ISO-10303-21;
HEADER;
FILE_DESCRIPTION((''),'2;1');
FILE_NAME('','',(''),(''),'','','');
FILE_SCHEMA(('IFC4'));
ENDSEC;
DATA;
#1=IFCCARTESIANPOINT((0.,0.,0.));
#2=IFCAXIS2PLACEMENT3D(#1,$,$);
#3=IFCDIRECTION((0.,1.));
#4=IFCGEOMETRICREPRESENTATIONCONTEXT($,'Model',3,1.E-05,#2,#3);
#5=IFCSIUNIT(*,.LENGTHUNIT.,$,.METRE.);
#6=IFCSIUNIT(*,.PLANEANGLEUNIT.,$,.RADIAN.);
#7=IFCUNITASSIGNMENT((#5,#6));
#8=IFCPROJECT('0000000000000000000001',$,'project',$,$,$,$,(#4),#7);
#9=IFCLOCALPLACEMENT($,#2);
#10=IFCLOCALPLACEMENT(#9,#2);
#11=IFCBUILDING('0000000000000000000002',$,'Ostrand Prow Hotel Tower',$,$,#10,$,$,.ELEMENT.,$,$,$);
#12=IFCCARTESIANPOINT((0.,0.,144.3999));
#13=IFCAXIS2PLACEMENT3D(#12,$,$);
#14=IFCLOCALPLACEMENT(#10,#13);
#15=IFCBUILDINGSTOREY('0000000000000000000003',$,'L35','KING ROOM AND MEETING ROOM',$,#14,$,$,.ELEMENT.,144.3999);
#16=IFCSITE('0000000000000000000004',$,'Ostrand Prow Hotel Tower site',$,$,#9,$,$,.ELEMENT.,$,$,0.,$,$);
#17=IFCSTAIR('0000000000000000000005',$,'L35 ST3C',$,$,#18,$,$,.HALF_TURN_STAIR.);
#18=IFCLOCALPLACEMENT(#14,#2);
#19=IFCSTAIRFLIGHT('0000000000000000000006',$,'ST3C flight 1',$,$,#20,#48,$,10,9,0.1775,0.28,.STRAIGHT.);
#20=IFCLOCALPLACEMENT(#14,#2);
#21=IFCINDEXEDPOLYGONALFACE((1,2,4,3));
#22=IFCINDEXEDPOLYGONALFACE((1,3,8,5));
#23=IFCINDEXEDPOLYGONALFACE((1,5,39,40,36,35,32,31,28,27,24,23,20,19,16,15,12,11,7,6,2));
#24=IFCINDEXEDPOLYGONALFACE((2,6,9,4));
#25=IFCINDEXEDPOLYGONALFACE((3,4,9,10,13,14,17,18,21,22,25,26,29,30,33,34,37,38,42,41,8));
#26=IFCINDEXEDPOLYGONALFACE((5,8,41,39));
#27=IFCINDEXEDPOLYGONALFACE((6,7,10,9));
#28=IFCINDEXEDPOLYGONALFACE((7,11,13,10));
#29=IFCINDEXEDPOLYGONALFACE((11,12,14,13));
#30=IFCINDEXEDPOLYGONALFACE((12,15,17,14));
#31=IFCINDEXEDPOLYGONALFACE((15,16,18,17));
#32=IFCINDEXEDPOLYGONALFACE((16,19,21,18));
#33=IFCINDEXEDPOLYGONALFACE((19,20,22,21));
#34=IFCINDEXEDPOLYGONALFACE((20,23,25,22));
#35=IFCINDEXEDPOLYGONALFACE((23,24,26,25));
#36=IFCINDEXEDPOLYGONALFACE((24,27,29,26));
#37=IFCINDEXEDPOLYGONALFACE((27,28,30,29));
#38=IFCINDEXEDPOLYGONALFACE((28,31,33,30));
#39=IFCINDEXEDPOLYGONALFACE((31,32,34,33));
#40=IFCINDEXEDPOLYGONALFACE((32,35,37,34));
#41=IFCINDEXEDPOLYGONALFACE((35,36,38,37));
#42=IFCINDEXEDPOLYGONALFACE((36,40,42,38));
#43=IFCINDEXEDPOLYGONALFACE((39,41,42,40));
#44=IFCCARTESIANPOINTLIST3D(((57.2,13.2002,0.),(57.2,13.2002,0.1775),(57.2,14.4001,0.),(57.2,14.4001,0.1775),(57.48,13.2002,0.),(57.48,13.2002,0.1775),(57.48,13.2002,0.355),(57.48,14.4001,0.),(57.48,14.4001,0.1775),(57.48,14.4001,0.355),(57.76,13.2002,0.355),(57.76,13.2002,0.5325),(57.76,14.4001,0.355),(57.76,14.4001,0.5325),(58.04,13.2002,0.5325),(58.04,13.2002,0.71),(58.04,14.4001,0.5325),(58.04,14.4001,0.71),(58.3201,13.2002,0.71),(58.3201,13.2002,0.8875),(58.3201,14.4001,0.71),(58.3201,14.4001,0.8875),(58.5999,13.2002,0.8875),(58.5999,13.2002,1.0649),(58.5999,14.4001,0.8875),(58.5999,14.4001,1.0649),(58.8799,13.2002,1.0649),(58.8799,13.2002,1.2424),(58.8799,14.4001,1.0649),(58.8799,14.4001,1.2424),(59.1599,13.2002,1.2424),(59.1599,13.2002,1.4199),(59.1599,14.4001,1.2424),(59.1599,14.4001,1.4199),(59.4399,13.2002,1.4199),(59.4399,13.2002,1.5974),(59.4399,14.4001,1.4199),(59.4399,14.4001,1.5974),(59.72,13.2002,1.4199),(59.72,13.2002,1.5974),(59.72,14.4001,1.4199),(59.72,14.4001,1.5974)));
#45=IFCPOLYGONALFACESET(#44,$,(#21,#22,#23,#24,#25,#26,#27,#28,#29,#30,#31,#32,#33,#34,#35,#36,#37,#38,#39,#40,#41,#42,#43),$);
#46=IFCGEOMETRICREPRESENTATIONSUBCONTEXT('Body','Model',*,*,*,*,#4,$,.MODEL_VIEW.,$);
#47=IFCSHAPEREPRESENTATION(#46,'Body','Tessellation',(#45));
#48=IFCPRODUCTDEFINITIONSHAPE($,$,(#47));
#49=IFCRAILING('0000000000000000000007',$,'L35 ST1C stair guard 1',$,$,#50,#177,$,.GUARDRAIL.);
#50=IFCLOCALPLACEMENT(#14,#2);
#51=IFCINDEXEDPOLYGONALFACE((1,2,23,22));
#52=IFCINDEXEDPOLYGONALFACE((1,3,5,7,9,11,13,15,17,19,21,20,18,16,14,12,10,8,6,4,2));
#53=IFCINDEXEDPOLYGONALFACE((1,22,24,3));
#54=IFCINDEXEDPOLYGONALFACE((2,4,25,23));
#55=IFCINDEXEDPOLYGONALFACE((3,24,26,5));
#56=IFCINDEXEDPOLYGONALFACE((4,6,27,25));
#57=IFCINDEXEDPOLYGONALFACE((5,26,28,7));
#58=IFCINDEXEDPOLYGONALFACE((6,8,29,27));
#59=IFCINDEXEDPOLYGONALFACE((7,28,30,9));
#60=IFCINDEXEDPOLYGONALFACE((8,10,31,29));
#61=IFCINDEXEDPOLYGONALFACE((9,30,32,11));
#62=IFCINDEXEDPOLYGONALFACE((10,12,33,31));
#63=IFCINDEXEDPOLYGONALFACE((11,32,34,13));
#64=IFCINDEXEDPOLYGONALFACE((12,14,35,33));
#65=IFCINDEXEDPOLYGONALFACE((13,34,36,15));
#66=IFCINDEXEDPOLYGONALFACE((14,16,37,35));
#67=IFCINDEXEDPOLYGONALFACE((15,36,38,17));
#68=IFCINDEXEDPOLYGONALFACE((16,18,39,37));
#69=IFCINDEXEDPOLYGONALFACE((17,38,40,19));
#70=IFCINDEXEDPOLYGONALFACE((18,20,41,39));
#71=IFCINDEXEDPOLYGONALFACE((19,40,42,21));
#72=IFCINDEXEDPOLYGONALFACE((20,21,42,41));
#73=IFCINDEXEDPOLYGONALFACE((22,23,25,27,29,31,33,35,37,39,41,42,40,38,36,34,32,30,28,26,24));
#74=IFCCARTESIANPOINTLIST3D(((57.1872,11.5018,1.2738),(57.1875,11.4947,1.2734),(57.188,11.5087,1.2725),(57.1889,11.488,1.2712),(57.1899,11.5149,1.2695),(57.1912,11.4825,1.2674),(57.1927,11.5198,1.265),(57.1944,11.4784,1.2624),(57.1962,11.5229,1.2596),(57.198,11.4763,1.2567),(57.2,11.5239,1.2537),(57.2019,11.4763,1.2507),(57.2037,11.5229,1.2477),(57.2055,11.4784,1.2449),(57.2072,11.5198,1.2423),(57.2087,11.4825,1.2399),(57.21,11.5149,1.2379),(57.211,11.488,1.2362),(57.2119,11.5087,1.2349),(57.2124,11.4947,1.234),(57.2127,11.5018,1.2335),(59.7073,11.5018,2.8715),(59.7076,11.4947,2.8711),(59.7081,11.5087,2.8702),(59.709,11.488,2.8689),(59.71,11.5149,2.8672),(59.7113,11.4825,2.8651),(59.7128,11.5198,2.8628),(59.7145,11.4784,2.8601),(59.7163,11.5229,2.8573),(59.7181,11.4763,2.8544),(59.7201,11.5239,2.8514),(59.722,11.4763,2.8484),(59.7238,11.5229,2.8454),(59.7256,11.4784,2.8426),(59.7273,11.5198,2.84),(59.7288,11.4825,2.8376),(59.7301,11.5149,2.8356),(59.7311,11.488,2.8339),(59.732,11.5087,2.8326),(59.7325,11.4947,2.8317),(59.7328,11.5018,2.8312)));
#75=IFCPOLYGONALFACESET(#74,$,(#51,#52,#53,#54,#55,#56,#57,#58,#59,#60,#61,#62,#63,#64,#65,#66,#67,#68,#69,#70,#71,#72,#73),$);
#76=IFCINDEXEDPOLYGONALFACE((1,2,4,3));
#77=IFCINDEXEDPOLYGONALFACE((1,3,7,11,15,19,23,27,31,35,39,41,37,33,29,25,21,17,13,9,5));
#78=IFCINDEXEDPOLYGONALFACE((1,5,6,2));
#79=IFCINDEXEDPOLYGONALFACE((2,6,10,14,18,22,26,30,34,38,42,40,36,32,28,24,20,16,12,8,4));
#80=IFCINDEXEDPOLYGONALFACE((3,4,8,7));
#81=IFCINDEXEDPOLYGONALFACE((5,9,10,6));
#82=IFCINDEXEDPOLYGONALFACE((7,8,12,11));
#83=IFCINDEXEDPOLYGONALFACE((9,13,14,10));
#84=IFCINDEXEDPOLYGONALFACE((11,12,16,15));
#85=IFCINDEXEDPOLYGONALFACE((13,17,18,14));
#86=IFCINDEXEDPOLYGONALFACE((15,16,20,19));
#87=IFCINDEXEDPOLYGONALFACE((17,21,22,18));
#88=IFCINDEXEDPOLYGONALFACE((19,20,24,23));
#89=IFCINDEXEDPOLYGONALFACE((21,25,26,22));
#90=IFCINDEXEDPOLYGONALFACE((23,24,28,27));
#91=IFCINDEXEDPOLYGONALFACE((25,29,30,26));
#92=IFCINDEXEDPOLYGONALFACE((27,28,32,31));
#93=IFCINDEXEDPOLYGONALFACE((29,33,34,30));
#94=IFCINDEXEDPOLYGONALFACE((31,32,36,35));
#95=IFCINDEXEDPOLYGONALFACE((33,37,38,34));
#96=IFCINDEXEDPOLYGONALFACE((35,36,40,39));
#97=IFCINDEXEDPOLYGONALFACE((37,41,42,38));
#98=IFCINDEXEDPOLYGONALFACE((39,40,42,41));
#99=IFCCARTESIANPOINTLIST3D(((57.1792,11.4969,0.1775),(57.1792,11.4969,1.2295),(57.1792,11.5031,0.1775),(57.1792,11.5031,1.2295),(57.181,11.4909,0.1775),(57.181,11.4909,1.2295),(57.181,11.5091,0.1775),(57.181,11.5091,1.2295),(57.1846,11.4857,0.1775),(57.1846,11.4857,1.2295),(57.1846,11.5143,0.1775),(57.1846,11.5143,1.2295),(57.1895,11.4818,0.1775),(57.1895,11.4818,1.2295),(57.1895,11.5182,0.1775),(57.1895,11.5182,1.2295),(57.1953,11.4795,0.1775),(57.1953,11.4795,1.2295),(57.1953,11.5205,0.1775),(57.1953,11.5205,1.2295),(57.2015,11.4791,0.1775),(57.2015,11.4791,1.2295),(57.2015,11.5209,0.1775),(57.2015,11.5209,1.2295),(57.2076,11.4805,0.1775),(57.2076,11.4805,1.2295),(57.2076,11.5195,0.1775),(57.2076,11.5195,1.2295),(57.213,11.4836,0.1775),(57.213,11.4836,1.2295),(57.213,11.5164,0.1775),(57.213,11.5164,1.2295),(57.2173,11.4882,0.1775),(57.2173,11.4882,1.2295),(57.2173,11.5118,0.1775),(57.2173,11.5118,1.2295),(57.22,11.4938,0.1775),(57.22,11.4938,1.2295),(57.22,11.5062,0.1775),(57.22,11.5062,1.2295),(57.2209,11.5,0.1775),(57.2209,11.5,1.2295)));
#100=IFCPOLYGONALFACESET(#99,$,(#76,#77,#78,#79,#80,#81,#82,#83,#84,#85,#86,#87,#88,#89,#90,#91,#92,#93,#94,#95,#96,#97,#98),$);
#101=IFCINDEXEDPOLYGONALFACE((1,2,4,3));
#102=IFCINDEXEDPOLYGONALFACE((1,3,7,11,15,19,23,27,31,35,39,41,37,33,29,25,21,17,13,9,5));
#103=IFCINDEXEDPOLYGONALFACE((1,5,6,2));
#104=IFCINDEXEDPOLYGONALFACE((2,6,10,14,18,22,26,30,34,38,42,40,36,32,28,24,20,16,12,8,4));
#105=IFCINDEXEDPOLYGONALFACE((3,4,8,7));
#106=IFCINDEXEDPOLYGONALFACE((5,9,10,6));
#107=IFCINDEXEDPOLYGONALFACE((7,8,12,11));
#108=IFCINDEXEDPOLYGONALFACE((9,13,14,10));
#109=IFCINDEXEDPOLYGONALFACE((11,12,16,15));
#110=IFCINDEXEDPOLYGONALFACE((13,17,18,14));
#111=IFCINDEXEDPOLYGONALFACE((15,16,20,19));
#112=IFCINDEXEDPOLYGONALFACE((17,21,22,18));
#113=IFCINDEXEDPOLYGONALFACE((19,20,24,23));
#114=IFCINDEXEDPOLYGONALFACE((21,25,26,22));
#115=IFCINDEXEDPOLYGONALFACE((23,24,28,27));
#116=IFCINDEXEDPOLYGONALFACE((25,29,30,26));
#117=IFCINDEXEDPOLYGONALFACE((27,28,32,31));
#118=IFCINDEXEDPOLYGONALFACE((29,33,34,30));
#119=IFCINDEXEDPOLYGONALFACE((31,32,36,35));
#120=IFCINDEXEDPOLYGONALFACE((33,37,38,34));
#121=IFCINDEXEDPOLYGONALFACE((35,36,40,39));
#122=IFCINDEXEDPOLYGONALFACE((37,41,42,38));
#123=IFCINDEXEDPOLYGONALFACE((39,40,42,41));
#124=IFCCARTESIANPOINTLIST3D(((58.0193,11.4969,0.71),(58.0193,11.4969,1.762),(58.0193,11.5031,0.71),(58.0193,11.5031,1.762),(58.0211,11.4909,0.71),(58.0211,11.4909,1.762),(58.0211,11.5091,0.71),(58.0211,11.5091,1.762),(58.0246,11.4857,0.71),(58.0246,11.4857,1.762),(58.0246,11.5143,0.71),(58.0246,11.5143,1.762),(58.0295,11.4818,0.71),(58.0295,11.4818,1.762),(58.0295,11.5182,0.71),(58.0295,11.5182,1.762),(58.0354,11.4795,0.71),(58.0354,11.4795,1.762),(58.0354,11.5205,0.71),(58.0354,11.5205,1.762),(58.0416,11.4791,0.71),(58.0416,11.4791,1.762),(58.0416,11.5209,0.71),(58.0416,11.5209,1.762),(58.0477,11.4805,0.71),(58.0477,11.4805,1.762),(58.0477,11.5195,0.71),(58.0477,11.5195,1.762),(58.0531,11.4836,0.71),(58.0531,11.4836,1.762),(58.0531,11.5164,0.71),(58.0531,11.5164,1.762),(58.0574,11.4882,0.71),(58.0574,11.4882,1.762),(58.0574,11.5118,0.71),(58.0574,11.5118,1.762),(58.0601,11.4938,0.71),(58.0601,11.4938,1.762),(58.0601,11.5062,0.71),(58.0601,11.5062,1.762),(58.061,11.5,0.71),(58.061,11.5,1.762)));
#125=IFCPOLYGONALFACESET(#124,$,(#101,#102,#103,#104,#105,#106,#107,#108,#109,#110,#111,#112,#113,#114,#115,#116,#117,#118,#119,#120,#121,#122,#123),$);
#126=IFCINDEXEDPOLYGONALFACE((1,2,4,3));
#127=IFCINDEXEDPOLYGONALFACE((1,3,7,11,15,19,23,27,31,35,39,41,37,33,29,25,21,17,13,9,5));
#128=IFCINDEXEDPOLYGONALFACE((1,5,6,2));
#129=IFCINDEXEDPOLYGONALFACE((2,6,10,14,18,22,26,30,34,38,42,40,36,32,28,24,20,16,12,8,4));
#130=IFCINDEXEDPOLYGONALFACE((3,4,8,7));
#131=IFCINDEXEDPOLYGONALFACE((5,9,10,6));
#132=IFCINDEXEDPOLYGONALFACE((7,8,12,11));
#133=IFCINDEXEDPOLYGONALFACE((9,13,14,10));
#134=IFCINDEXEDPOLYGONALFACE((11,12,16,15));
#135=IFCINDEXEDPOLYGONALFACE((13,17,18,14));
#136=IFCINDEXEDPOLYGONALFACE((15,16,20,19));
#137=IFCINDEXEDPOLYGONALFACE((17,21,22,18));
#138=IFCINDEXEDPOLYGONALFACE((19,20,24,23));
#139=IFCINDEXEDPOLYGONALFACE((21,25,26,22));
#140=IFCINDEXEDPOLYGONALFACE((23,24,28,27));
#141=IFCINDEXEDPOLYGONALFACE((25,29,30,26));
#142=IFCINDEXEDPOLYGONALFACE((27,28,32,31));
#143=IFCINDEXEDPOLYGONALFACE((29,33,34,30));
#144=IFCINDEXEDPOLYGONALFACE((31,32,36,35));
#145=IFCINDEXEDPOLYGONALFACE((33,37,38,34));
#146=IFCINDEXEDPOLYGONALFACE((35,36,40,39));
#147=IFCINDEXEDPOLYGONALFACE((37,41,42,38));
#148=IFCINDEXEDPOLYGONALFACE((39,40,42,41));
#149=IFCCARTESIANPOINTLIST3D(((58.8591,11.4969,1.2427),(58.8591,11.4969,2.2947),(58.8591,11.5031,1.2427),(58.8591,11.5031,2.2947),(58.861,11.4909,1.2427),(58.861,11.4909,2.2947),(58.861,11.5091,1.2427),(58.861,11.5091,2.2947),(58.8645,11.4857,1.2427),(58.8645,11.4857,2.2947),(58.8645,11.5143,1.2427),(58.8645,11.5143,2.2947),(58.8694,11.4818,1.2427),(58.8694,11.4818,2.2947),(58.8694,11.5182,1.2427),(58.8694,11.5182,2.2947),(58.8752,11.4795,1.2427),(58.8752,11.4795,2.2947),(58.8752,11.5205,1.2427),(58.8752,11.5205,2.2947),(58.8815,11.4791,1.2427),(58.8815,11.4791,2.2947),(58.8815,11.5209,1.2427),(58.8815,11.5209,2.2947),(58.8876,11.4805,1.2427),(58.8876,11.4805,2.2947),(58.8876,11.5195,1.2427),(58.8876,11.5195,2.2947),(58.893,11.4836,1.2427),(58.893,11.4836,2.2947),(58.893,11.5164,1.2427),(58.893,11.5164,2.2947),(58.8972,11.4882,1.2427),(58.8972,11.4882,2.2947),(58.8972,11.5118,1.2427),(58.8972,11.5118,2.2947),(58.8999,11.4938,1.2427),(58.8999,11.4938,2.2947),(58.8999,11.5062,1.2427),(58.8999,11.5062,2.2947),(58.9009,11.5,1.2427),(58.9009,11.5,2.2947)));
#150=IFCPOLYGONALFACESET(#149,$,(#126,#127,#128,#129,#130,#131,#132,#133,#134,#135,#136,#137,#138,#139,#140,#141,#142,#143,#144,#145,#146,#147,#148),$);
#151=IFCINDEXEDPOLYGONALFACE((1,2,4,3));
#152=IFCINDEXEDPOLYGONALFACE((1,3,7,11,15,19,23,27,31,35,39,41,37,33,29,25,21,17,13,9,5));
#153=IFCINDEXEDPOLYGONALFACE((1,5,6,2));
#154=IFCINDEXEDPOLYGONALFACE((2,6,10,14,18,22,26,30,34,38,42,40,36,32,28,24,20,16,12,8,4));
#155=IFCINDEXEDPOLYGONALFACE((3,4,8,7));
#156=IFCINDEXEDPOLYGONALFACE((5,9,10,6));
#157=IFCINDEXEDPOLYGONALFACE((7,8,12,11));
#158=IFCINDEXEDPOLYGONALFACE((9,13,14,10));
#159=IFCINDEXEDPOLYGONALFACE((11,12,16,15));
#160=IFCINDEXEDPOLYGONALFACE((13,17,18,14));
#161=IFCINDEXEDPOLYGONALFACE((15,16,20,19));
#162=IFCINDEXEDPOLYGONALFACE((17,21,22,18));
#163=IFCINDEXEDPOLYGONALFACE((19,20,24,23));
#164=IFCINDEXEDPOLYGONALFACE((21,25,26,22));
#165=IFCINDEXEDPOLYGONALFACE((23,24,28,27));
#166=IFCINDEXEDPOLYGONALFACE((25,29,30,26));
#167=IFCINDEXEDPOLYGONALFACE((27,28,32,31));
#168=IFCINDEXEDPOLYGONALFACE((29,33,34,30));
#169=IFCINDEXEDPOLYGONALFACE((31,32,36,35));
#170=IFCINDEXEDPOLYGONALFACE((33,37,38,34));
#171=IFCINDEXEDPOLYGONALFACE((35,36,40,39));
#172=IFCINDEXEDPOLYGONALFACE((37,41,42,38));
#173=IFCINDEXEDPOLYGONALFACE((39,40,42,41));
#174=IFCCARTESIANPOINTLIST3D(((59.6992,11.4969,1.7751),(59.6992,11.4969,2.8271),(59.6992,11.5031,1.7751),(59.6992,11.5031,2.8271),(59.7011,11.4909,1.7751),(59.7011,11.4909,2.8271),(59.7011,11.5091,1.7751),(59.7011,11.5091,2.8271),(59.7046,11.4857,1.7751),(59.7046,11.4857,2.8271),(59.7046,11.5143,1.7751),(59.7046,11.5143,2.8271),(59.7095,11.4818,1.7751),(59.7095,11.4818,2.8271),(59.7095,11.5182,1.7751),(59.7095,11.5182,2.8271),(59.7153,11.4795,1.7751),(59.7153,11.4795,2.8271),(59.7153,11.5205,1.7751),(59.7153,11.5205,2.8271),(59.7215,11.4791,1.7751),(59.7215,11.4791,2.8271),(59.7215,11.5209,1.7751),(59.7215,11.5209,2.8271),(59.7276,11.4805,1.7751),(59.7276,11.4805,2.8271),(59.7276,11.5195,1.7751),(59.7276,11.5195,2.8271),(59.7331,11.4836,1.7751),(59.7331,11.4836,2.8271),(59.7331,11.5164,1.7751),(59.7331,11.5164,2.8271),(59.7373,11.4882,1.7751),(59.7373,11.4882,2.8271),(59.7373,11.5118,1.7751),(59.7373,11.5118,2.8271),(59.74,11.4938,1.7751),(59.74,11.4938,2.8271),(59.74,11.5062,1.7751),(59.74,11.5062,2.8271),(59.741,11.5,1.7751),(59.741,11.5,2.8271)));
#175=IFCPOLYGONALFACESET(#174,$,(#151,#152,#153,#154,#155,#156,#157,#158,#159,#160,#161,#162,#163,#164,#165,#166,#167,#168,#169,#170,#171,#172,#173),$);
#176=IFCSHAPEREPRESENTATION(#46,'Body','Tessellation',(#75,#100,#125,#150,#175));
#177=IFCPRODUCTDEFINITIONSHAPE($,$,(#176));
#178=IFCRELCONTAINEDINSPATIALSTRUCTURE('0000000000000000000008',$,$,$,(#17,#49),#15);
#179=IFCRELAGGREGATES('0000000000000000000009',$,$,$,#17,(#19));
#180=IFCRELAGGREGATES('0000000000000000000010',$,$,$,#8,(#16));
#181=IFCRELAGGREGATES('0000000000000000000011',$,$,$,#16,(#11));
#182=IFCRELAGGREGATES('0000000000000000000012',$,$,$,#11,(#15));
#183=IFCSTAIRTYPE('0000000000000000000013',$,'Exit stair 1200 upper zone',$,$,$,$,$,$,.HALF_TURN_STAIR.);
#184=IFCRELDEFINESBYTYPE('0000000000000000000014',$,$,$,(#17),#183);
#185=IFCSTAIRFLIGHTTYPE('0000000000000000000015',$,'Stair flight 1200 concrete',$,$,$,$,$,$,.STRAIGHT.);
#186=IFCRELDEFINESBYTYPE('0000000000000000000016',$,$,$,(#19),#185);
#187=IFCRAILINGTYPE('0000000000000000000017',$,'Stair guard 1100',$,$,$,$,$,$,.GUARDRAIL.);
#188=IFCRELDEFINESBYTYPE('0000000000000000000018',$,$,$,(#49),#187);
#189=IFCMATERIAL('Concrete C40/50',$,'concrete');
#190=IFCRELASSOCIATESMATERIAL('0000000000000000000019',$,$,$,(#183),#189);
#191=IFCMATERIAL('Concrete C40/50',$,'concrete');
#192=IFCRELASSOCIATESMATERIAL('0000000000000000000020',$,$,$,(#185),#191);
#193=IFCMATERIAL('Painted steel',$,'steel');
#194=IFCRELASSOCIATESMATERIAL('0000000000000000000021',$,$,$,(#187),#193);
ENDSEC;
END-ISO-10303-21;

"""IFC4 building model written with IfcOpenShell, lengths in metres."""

from ifc_helpers import new_model, si_unit, direction, frame, origin, origin_2d, place, context, subcontext, project, spatial, polyline, circle, outline, extrude, material, type_object, element, aggregate, save


model = new_model("IFC4")

# Units and contexts
model_context = context("Model", 3, precision=1e-05, world=origin(), true_north=direction((0.0, 1.0)))
body_context = subcontext(model_context, "Body", "Model", "MODEL_VIEW")
ifc_project = project(units=[si_unit("LENGTHUNIT", "METRE"), si_unit("PLANEANGLEUNIT", "RADIAN")], contexts=[model_context])

# Site, building, storey
site_placement = place(None, origin())
site = spatial("IfcSite", under=ifc_project, at=site_placement, Name="Ostrand Prow Hotel Tower site", CompositionType="ELEMENT", RefElevation=0.0)
building_placement = place(site_placement, origin())
building = spatial("IfcBuilding", under=site, at=building_placement, Name="Ostrand Prow Hotel Tower", CompositionType="ELEMENT")
storey_placement = place(building_placement, frame((0.0, 0.0, 144.3999)))
storey = spatial("IfcBuildingStorey", under=building, at=storey_placement, Name="L35", Description="KING ROOM AND MEETING ROOM", CompositionType="ELEMENT", Elevation=144.3999)

# Shared definitions
ifc_material_1 = material(Name="Concrete C40/50", Category="concrete")
stair_type = type_object("IfcStairType", Name="Exit stair 1200 upper zone", PredefinedType="HALF_TURN_STAIR", material=ifc_material_1)
ifc_material_2 = material(Name="Concrete C40/50", Category="concrete")
stair_flight_type = type_object("IfcStairFlightType", Name="Stair flight 1200 concrete", PredefinedType="STRAIGHT", material=ifc_material_2)

# Stair, stair flight
stair_1_placement = place(storey_placement, origin())
stair_1 = element("IfcStair", 1, at=stair_1_placement, inside=storey, type_object=stair_type, Name="L35 ST3C", PredefinedType="HALF_TURN_STAIR")
stair_flight_1_placement = place(storey_placement, frame((57.2, 13.8, 0.0), z_axis=(0.0, 0.0, 1.0), x_axis=(1.0, 0.0, 0.0)))
stair_flight_1 = element("IfcStairFlight", 2, at=stair_flight_1_placement, type_object=stair_flight_type, Name="ST3C flight 1", NumberOfRisers=10, NumberOfTreads=9, PredefinedType="STRAIGHT", RiserHeight=0.1775, TreadLength=0.28, context=body_context, shape_type="SweptSolid", body=[
    extrude(outline(polyline([(0.0, 0.0), (0.0, 0.1775), (0.28, 0.1775), (0.28, 0.355), (0.5601, 0.355), (0.5601, 0.5325), (0.8401, 0.5325), (0.8401, 0.71), (1.1201, 0.71), (1.1201, 0.8875), (1.3999, 0.8875), (1.3999, 1.0649), (1.6799, 1.0649), (1.6799, 1.2424), (1.96, 1.2424), (1.96, 1.4199), (2.24, 1.4199), (2.24, 1.5974), (2.52, 1.5974), (2.52, 1.7749), (2.52, 1.4199), (0.28, 0.0), (0.0, 0.0)])), frame((0.0, 0.6001, 0.0), z_axis=(0.0, -1.0, 0.0), x_axis=(1.0, 0.0, 0.0)), (0.0, 0.0, 1.0), 1.2),
])
aggregate(stair_1, [stair_flight_1])

# Railing
ifc_material_3 = material(Name="Painted steel", Category="steel")
railing_type_1 = type_object("IfcRailingType", Name="Stair guard 1100", PredefinedType="GUARDRAIL", material=ifc_material_3)
railing_1_placement = place(storey_placement, frame((57.2, 11.5, 0.1775)))
element("IfcRailing", 3, at=railing_1_placement, inside=storey, type_object=railing_type_1, Name="L35 ST1C stair guard 1", PredefinedType="GUARDRAIL", context=body_context, shape_type="SweptSolid", body=[
    extrude(circle(Radius=0.0239, at=origin_2d()), frame((0.0, 0.0, 1.0762), z_axis=(0.84457, 0.0, 0.535445), x_axis=(0.0, 1.0, 0.0)), (0.0, 0.0, 1.0), 2.9839),
    extrude(circle(Radius=0.021, at=origin_2d()), origin(), (0.0, 0.0, 1.0), 1.052),
    extrude(circle(Radius=0.021, at=origin_2d()), frame((0.8401, 0.0, 0.5325)), (0.0, 0.0, 1.0), 1.052),
    extrude(circle(Radius=0.021, at=origin_2d()), frame((1.6799, 0.0, 1.0652)), (0.0, 0.0, 1.0), 1.052),
    extrude(circle(Radius=0.021, at=origin_2d()), frame((2.52, 0.0, 1.5977)), (0.0, 0.0, 1.0), 1.052),
])

save(model, "model.ifc")
